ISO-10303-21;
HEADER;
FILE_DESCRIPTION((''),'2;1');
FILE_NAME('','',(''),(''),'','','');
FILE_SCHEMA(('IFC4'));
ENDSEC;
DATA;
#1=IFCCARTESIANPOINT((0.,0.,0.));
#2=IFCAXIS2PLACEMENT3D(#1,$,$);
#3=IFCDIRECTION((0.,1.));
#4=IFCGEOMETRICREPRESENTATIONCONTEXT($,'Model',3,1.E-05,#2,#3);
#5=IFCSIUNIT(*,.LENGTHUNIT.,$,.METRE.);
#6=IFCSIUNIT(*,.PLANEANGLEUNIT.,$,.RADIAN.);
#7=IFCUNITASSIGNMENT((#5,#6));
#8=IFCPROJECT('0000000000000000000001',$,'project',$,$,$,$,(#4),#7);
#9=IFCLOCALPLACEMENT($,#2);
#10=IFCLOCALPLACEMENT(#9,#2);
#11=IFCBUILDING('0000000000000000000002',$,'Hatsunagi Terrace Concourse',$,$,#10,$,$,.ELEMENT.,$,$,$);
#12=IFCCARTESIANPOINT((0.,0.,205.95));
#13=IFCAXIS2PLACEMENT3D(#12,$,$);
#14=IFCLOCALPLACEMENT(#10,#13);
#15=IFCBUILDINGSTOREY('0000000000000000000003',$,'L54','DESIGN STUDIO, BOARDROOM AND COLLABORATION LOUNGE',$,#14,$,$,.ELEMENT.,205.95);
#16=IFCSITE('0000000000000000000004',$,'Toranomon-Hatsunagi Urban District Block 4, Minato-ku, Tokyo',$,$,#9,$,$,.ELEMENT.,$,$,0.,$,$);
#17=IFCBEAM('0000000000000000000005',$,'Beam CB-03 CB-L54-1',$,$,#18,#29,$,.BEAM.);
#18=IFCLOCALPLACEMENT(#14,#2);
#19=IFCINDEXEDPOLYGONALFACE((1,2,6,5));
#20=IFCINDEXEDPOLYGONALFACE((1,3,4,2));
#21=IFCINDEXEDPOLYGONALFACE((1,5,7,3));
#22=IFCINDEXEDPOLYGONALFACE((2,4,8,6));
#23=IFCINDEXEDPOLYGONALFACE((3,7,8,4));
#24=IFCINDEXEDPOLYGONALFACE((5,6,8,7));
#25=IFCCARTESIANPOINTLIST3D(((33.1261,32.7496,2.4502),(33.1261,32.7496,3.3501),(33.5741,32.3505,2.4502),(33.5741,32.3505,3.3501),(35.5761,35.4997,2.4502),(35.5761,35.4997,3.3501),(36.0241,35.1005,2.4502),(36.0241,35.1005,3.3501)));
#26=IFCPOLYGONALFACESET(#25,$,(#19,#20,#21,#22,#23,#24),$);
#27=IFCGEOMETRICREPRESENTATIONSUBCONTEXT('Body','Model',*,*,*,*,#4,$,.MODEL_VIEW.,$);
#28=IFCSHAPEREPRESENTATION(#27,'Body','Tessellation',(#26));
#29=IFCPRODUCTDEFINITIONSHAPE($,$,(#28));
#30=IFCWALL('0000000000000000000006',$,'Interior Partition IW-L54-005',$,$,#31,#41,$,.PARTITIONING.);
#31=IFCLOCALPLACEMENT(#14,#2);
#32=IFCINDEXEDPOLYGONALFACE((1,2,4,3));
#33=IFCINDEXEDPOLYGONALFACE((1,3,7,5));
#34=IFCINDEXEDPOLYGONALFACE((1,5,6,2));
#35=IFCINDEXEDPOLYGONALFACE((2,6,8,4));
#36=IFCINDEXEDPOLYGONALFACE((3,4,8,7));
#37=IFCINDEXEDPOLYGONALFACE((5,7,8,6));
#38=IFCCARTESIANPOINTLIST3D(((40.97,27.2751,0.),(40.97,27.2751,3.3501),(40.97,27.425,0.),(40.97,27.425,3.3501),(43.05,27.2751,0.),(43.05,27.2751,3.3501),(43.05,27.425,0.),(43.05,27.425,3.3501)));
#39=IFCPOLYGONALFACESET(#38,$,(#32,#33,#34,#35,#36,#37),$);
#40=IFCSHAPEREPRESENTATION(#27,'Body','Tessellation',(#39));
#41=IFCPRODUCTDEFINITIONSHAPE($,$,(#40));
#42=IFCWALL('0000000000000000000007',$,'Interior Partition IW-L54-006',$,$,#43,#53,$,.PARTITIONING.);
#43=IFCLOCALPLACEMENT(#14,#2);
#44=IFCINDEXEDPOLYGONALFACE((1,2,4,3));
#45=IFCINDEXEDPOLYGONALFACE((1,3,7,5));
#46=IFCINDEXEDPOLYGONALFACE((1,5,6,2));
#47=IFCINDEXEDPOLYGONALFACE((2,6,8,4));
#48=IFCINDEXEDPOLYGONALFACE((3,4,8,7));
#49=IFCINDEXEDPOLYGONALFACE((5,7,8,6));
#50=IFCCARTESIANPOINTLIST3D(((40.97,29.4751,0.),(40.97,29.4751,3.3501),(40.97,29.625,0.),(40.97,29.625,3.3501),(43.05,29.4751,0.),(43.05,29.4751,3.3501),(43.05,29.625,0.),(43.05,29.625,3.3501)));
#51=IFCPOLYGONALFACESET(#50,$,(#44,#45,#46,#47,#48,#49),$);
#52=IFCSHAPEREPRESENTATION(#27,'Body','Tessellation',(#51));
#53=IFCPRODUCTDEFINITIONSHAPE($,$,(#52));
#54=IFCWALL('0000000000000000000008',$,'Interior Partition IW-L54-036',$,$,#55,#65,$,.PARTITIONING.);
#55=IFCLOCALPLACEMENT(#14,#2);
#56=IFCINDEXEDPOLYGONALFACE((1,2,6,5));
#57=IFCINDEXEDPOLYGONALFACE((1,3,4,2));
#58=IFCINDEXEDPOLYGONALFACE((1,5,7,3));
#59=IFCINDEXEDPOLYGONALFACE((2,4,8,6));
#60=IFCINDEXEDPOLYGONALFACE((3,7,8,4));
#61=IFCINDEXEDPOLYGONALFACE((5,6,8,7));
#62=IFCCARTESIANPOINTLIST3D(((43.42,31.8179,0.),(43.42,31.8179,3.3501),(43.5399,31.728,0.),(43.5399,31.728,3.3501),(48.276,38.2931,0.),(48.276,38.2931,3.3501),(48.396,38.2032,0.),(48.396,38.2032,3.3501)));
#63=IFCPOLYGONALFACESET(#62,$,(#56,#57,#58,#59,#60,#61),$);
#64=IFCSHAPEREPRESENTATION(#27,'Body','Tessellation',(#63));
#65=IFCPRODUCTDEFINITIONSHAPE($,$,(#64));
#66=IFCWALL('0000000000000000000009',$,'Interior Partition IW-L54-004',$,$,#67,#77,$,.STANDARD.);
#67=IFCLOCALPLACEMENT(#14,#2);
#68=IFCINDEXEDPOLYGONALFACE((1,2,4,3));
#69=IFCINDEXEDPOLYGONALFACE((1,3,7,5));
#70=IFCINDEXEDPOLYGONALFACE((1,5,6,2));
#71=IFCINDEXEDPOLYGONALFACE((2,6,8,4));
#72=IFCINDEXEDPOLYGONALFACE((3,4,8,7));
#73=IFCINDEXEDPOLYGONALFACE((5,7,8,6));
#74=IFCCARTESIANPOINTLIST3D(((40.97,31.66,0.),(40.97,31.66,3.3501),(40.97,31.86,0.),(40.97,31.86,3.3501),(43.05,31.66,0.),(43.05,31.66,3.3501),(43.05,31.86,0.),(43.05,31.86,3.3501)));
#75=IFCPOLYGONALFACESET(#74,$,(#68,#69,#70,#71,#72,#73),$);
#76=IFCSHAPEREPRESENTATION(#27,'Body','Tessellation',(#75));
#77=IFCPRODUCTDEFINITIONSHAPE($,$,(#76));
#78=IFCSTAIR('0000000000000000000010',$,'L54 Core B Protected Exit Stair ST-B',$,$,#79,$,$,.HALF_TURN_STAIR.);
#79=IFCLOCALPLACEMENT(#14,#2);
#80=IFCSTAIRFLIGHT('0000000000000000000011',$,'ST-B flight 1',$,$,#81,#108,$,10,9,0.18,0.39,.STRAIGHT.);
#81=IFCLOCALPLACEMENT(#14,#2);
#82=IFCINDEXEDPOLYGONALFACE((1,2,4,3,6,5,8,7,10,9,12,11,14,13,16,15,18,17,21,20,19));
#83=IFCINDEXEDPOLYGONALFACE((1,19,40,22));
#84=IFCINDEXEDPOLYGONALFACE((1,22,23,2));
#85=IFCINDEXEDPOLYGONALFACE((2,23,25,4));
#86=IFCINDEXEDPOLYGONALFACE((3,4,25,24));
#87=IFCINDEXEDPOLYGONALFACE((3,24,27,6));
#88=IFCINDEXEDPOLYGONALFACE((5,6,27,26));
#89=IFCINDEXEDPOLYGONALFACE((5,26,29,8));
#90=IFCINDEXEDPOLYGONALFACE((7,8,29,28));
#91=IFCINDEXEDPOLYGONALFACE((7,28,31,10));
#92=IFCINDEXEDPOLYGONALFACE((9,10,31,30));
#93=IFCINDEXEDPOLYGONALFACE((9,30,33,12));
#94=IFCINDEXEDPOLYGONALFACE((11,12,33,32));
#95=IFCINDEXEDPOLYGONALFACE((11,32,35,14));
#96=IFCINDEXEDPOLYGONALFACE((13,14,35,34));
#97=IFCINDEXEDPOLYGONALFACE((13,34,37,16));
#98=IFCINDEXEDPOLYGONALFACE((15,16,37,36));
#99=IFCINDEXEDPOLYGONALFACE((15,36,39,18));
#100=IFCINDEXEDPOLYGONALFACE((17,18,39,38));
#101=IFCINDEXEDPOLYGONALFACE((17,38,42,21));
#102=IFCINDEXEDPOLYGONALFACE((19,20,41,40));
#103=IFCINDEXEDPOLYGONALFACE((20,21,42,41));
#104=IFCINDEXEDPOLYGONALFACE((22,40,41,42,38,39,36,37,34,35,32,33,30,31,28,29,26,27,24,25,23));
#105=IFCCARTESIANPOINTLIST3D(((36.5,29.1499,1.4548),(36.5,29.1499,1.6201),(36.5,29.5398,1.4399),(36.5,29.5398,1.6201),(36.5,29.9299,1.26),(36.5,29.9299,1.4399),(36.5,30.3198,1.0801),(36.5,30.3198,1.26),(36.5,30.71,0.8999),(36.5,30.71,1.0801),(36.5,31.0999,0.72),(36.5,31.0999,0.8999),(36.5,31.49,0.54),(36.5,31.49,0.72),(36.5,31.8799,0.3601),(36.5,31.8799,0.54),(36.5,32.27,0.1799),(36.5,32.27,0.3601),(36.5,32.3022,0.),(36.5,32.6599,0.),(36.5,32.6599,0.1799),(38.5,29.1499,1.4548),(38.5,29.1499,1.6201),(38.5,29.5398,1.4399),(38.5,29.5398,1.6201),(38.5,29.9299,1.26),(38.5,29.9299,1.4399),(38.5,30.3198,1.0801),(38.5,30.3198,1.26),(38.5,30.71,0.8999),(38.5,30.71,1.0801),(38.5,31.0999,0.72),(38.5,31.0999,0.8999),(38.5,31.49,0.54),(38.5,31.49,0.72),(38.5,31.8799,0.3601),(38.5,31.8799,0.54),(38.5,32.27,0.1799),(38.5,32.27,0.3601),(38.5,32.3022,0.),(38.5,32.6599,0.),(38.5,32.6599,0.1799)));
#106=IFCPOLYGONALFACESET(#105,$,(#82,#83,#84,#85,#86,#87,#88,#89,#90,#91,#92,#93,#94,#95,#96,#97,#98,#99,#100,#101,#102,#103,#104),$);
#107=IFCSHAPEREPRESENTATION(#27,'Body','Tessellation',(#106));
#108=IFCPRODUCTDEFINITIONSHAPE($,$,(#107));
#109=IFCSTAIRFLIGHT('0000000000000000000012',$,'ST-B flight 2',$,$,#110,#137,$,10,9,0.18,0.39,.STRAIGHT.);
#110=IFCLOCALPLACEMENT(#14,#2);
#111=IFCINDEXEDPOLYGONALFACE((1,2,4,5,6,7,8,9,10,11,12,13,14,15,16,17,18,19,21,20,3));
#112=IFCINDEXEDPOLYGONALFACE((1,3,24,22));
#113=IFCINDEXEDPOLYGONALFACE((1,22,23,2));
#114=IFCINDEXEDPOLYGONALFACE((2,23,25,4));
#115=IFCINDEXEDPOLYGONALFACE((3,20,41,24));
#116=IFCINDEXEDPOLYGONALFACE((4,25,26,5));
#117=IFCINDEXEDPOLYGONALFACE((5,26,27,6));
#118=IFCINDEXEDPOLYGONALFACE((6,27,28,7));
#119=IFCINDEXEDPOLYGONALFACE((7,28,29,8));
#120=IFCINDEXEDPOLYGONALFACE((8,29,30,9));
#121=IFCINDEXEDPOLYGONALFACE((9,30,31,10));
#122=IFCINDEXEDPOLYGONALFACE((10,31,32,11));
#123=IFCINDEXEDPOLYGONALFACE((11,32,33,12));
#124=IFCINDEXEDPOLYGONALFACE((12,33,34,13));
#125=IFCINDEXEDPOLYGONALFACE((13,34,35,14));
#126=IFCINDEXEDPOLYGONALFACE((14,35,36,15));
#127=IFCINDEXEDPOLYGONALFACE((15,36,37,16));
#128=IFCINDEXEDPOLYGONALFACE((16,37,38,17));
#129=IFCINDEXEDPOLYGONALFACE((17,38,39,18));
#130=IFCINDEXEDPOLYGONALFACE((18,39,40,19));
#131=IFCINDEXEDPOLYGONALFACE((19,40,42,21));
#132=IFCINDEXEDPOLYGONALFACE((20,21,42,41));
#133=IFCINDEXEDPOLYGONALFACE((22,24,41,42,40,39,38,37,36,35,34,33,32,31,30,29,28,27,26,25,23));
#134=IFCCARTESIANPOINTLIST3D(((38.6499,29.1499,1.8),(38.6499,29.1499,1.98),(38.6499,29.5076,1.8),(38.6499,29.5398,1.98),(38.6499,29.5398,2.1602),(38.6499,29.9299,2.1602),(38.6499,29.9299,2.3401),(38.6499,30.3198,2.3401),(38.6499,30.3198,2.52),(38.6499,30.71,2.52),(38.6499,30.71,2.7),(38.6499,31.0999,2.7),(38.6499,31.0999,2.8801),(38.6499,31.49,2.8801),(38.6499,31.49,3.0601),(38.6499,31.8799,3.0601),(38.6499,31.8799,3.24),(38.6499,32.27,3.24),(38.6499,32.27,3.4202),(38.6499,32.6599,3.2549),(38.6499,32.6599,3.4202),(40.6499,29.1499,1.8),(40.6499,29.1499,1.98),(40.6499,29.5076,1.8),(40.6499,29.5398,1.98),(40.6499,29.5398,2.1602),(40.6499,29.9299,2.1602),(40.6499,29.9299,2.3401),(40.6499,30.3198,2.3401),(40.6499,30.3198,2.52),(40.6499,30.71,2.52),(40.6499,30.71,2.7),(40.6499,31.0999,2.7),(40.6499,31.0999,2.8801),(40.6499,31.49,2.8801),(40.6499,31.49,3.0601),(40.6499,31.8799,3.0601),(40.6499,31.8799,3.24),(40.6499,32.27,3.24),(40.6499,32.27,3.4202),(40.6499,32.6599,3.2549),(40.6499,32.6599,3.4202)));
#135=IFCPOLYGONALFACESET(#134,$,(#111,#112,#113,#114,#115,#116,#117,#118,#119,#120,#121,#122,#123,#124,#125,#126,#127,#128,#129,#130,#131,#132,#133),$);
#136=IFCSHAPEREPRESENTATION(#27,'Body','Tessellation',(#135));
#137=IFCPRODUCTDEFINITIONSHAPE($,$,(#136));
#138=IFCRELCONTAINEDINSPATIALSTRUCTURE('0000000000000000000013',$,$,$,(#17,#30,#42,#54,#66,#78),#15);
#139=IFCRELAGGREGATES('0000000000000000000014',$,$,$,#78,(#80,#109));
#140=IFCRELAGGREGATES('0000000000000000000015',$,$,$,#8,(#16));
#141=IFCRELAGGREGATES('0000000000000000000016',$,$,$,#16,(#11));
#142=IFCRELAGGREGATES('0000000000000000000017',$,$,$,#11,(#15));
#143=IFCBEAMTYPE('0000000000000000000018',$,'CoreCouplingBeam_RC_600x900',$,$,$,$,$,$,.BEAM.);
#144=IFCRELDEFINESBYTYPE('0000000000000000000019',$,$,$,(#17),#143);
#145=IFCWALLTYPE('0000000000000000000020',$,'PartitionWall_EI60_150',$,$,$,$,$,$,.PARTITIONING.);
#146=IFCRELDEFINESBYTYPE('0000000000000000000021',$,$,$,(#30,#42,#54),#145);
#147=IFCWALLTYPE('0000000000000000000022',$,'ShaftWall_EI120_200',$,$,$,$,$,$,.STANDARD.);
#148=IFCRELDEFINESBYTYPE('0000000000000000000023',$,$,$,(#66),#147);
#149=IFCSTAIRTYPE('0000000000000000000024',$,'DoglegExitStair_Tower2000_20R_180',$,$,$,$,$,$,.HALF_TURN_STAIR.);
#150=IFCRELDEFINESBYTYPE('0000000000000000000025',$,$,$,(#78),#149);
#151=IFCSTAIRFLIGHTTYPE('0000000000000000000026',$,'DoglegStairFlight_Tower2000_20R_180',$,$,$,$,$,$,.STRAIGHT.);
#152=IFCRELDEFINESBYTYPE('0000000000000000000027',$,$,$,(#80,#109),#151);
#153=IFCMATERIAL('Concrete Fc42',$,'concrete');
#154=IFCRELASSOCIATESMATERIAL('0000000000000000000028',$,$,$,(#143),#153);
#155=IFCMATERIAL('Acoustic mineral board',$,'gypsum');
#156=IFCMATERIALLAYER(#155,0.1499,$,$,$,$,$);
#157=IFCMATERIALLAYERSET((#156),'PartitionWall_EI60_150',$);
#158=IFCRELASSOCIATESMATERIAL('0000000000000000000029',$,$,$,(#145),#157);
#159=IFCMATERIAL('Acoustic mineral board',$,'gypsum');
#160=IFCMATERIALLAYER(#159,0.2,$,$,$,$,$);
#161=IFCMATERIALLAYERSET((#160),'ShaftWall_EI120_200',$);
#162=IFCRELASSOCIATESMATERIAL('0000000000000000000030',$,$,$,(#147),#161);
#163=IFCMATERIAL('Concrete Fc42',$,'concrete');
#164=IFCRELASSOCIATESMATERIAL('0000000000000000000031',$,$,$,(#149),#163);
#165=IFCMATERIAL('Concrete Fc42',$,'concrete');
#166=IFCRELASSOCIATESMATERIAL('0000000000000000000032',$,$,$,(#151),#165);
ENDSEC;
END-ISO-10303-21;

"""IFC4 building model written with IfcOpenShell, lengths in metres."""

from ifc_helpers import new_model, si_unit, direction, frame, frame_2d, origin, origin_2d, place, context, subcontext, project, spatial, polyline, rectangle, outline, extrude, material, layer, layer_set, material_profile, profile_set, type_object, element, aggregate, save


model = new_model("IFC4")

# Units and contexts
model_context = context("Model", 3, precision=1e-05, world=origin(), true_north=direction((0.0, 1.0)))
body_context = subcontext(model_context, "Body", "Model", "MODEL_VIEW")
ifc_project = project(units=[si_unit("LENGTHUNIT", "METRE"), si_unit("PLANEANGLEUNIT", "RADIAN")], contexts=[model_context])

# Site, building, storey
site_placement = place(None, origin())
site = spatial("IfcSite", under=ifc_project, at=site_placement, Name="Toranomon-Hatsunagi Urban District Block 4, Minato-ku, Tokyo", CompositionType="ELEMENT", RefElevation=0.0)
building_placement = place(site_placement, origin())
building = spatial("IfcBuilding", under=site, at=building_placement, Name="Hatsunagi Terrace Concourse", CompositionType="ELEMENT")
storey_placement = place(building_placement, frame((0.0, 0.0, 205.95)))
storey = spatial("IfcBuildingStorey", under=building, at=storey_placement, Name="L54", Description="DESIGN STUDIO, BOARDROOM AND COLLABORATION LOUNGE", CompositionType="ELEMENT", Elevation=205.95)

# Beam
ifc_material_1 = material(Name="Concrete Fc42", Category="concrete")
ifc_material_profile = material_profile(ifc_material_1, rectangle(XDim=0.6001, YDim=0.8999, at=origin_2d()), Name="RC-600x900")
ifc_profile_set = profile_set([ifc_material_profile], Name="Concrete Fc42")
beam_type = type_object("IfcBeamType", Name="CoreCouplingBeam_RC_600x900", PredefinedType="BEAM", material=ifc_profile_set)
beam_placement = place(storey_placement, frame((33.3501, 32.55, 2.9001), z_axis=(0.665199, 0.746666, 0.0), x_axis=(-0.746666, 0.665199, 0.0)))
element("IfcBeam", 1, at=beam_placement, inside=storey, type_object=beam_type, Name="Beam CB-03 CB-L54-1", PredefinedType="BEAM", context=body_context, shape_type="SweptSolid", body=[
    extrude(rectangle(XDim=0.6001, YDim=0.8999, at=origin_2d()), origin(), (0.0, 0.0, 1.0), 3.6831),
])

# Walls
ifc_material_2 = material(Name="Acoustic mineral board", Category="gypsum")
ifc_layer_1 = layer(ifc_material_2, 0.1499)
ifc_layer_set_1 = layer_set([ifc_layer_1], Name="PartitionWall_EI60_150")
wall_type_1 = type_object("IfcWallType", Name="PartitionWall_EI60_150", PredefinedType="PARTITIONING", material=ifc_layer_set_1)
for number, where, z_axis, x_axis, name in (
    (2, (40.97, 27.3501, 0.0), (0.0, 0.0, 1.0), (1.0, 0.0, 0.0), "Interior Partition IW-L54-005"),
    (3, (40.97, 29.55, 0.0), (0.0, 0.0, 1.0), (1.0, 0.0, 0.0), "Interior Partition IW-L54-006"),
):
    element("IfcWall", number, at=place(storey_placement, frame(where, z_axis=z_axis, x_axis=x_axis)), inside=storey, type_object=wall_type_1, Name=name, PredefinedType="PARTITIONING", context=body_context, shape_type="SweptSolid", body=[
        extrude(rectangle(XDim=2.0801, YDim=0.1499, at=frame_2d((1.04, 0.0))), origin(), (0.0, 0.0, 1.0), 3.3501),
    ])

# Walls
wall_1_placement = place(storey_placement, frame((43.48, 31.7729, 0.0), z_axis=(0.0, 0.0, 1.0), x_axis=(0.599971, 0.800022, 0.0)))
element("IfcWall", 4, at=wall_1_placement, inside=storey, type_object=wall_type_1, Name="Interior Partition IW-L54-036", PredefinedType="PARTITIONING", context=body_context, shape_type="SweptSolid", body=[
    extrude(rectangle(XDim=8.0938, YDim=0.1499, at=frame_2d((4.0469, 0.0))), origin(), (0.0, 0.0, 1.0), 3.3501),
])
ifc_material_3 = material(Name="Acoustic mineral board", Category="gypsum")
ifc_layer_2 = layer(ifc_material_3, 0.2)
ifc_layer_set_2 = layer_set([ifc_layer_2], Name="ShaftWall_EI120_200")
wall_type_2 = type_object("IfcWallType", Name="ShaftWall_EI120_200", PredefinedType="STANDARD", material=ifc_layer_set_2)
wall_2_placement = place(storey_placement, frame((40.97, 31.76, 0.0), z_axis=(0.0, 0.0, 1.0), x_axis=(1.0, 0.0, 0.0)))
element("IfcWall", 5, at=wall_2_placement, inside=storey, type_object=wall_type_2, Name="Interior Partition IW-L54-004", PredefinedType="STANDARD", context=body_context, shape_type="SweptSolid", body=[
    extrude(rectangle(XDim=2.0801, YDim=0.2, at=frame_2d((1.04, 0.0))), origin(), (0.0, 0.0, 1.0), 3.3501),
])

# Stair, stair flights
ifc_material_4 = material(Name="Concrete Fc42", Category="concrete")
stair_type = type_object("IfcStairType", Name="DoglegExitStair_Tower2000_20R_180", PredefinedType="HALF_TURN_STAIR", material=ifc_material_4)
stair_placement = place(storey_placement, origin())
stair = element("IfcStair", 6, at=stair_placement, inside=storey, type_object=stair_type, Name="L54 Core B Protected Exit Stair ST-B", PredefinedType="HALF_TURN_STAIR")
ifc_material_5 = material(Name="Concrete Fc42", Category="concrete")
stair_flight_type = type_object("IfcStairFlightType", Name="DoglegStairFlight_Tower2000_20R_180", PredefinedType="STRAIGHT", material=ifc_material_5)
stair_flight_1_placement = place(storey_placement, frame((37.5, 32.6599, 0.0), z_axis=(0.0, 0.0, 1.0), x_axis=(0.0, -1.0, 0.0)))
stair_flight_1 = element("IfcStairFlight", 7, at=stair_flight_1_placement, type_object=stair_flight_type, Name="ST-B flight 1", NumberOfRisers=10, NumberOfTreads=9, PredefinedType="STRAIGHT", RiserHeight=0.18, TreadLength=0.39, context=body_context, shape_type="SweptSolid", body=[
    extrude(outline(polyline([(0.0, 0.0), (0.0, 0.1799), (0.3899, 0.1799), (0.3899, 0.3601), (0.78, 0.3601), (0.78, 0.54), (1.1699, 0.54), (1.1699, 0.72), (1.5601, 0.72), (1.5601, 0.8999), (1.95, 0.8999), (1.95, 1.0801), (2.3401, 1.0801), (2.3401, 1.26), (2.73, 1.26), (2.73, 1.4399), (3.1201, 1.4399), (3.1201, 1.6201), (3.51, 1.6201), (3.51, 1.8), (3.51, 1.4548), (0.3577, 0.0), (0.0, 0.0)])), frame((0.0, 1.0, 0.0), z_axis=(0.0, -1.0, 0.0), x_axis=(1.0, 0.0, 0.0)), (0.0, 0.0, 1.0), 2.0),
])
stair_flight_2_placement = place(storey_placement, frame((39.6499, 29.1499, 1.8), z_axis=(0.0, 0.0, 1.0), x_axis=(0.0, 1.0, 0.0)))
stair_flight_2 = element("IfcStairFlight", 8, at=stair_flight_2_placement, type_object=stair_flight_type, Name="ST-B flight 2", NumberOfRisers=10, NumberOfTreads=9, PredefinedType="STRAIGHT", RiserHeight=0.18, TreadLength=0.39, context=body_context, shape_type="SweptSolid", body=[
    extrude(outline(polyline([(0.0, 0.0), (0.0, 0.1799), (0.3899, 0.1799), (0.3899, 0.3601), (0.78, 0.3601), (0.78, 0.54), (1.1699, 0.54), (1.1699, 0.72), (1.5601, 0.72), (1.5601, 0.8999), (1.95, 0.8999), (1.95, 1.0801), (2.3401, 1.0801), (2.3401, 1.26), (2.73, 1.26), (2.73, 1.4399), (3.1201, 1.4399), (3.1201, 1.6201), (3.51, 1.6201), (3.51, 1.8), (3.51, 1.4548), (0.3577, 0.0), (0.0, 0.0)])), frame((0.0, 1.0, 0.0), z_axis=(0.0, -1.0, 0.0), x_axis=(1.0, 0.0, 0.0)), (0.0, 0.0, 1.0), 2.0),
])
aggregate(stair, [stair_flight_1, stair_flight_2])

save(model, "model.ifc")
